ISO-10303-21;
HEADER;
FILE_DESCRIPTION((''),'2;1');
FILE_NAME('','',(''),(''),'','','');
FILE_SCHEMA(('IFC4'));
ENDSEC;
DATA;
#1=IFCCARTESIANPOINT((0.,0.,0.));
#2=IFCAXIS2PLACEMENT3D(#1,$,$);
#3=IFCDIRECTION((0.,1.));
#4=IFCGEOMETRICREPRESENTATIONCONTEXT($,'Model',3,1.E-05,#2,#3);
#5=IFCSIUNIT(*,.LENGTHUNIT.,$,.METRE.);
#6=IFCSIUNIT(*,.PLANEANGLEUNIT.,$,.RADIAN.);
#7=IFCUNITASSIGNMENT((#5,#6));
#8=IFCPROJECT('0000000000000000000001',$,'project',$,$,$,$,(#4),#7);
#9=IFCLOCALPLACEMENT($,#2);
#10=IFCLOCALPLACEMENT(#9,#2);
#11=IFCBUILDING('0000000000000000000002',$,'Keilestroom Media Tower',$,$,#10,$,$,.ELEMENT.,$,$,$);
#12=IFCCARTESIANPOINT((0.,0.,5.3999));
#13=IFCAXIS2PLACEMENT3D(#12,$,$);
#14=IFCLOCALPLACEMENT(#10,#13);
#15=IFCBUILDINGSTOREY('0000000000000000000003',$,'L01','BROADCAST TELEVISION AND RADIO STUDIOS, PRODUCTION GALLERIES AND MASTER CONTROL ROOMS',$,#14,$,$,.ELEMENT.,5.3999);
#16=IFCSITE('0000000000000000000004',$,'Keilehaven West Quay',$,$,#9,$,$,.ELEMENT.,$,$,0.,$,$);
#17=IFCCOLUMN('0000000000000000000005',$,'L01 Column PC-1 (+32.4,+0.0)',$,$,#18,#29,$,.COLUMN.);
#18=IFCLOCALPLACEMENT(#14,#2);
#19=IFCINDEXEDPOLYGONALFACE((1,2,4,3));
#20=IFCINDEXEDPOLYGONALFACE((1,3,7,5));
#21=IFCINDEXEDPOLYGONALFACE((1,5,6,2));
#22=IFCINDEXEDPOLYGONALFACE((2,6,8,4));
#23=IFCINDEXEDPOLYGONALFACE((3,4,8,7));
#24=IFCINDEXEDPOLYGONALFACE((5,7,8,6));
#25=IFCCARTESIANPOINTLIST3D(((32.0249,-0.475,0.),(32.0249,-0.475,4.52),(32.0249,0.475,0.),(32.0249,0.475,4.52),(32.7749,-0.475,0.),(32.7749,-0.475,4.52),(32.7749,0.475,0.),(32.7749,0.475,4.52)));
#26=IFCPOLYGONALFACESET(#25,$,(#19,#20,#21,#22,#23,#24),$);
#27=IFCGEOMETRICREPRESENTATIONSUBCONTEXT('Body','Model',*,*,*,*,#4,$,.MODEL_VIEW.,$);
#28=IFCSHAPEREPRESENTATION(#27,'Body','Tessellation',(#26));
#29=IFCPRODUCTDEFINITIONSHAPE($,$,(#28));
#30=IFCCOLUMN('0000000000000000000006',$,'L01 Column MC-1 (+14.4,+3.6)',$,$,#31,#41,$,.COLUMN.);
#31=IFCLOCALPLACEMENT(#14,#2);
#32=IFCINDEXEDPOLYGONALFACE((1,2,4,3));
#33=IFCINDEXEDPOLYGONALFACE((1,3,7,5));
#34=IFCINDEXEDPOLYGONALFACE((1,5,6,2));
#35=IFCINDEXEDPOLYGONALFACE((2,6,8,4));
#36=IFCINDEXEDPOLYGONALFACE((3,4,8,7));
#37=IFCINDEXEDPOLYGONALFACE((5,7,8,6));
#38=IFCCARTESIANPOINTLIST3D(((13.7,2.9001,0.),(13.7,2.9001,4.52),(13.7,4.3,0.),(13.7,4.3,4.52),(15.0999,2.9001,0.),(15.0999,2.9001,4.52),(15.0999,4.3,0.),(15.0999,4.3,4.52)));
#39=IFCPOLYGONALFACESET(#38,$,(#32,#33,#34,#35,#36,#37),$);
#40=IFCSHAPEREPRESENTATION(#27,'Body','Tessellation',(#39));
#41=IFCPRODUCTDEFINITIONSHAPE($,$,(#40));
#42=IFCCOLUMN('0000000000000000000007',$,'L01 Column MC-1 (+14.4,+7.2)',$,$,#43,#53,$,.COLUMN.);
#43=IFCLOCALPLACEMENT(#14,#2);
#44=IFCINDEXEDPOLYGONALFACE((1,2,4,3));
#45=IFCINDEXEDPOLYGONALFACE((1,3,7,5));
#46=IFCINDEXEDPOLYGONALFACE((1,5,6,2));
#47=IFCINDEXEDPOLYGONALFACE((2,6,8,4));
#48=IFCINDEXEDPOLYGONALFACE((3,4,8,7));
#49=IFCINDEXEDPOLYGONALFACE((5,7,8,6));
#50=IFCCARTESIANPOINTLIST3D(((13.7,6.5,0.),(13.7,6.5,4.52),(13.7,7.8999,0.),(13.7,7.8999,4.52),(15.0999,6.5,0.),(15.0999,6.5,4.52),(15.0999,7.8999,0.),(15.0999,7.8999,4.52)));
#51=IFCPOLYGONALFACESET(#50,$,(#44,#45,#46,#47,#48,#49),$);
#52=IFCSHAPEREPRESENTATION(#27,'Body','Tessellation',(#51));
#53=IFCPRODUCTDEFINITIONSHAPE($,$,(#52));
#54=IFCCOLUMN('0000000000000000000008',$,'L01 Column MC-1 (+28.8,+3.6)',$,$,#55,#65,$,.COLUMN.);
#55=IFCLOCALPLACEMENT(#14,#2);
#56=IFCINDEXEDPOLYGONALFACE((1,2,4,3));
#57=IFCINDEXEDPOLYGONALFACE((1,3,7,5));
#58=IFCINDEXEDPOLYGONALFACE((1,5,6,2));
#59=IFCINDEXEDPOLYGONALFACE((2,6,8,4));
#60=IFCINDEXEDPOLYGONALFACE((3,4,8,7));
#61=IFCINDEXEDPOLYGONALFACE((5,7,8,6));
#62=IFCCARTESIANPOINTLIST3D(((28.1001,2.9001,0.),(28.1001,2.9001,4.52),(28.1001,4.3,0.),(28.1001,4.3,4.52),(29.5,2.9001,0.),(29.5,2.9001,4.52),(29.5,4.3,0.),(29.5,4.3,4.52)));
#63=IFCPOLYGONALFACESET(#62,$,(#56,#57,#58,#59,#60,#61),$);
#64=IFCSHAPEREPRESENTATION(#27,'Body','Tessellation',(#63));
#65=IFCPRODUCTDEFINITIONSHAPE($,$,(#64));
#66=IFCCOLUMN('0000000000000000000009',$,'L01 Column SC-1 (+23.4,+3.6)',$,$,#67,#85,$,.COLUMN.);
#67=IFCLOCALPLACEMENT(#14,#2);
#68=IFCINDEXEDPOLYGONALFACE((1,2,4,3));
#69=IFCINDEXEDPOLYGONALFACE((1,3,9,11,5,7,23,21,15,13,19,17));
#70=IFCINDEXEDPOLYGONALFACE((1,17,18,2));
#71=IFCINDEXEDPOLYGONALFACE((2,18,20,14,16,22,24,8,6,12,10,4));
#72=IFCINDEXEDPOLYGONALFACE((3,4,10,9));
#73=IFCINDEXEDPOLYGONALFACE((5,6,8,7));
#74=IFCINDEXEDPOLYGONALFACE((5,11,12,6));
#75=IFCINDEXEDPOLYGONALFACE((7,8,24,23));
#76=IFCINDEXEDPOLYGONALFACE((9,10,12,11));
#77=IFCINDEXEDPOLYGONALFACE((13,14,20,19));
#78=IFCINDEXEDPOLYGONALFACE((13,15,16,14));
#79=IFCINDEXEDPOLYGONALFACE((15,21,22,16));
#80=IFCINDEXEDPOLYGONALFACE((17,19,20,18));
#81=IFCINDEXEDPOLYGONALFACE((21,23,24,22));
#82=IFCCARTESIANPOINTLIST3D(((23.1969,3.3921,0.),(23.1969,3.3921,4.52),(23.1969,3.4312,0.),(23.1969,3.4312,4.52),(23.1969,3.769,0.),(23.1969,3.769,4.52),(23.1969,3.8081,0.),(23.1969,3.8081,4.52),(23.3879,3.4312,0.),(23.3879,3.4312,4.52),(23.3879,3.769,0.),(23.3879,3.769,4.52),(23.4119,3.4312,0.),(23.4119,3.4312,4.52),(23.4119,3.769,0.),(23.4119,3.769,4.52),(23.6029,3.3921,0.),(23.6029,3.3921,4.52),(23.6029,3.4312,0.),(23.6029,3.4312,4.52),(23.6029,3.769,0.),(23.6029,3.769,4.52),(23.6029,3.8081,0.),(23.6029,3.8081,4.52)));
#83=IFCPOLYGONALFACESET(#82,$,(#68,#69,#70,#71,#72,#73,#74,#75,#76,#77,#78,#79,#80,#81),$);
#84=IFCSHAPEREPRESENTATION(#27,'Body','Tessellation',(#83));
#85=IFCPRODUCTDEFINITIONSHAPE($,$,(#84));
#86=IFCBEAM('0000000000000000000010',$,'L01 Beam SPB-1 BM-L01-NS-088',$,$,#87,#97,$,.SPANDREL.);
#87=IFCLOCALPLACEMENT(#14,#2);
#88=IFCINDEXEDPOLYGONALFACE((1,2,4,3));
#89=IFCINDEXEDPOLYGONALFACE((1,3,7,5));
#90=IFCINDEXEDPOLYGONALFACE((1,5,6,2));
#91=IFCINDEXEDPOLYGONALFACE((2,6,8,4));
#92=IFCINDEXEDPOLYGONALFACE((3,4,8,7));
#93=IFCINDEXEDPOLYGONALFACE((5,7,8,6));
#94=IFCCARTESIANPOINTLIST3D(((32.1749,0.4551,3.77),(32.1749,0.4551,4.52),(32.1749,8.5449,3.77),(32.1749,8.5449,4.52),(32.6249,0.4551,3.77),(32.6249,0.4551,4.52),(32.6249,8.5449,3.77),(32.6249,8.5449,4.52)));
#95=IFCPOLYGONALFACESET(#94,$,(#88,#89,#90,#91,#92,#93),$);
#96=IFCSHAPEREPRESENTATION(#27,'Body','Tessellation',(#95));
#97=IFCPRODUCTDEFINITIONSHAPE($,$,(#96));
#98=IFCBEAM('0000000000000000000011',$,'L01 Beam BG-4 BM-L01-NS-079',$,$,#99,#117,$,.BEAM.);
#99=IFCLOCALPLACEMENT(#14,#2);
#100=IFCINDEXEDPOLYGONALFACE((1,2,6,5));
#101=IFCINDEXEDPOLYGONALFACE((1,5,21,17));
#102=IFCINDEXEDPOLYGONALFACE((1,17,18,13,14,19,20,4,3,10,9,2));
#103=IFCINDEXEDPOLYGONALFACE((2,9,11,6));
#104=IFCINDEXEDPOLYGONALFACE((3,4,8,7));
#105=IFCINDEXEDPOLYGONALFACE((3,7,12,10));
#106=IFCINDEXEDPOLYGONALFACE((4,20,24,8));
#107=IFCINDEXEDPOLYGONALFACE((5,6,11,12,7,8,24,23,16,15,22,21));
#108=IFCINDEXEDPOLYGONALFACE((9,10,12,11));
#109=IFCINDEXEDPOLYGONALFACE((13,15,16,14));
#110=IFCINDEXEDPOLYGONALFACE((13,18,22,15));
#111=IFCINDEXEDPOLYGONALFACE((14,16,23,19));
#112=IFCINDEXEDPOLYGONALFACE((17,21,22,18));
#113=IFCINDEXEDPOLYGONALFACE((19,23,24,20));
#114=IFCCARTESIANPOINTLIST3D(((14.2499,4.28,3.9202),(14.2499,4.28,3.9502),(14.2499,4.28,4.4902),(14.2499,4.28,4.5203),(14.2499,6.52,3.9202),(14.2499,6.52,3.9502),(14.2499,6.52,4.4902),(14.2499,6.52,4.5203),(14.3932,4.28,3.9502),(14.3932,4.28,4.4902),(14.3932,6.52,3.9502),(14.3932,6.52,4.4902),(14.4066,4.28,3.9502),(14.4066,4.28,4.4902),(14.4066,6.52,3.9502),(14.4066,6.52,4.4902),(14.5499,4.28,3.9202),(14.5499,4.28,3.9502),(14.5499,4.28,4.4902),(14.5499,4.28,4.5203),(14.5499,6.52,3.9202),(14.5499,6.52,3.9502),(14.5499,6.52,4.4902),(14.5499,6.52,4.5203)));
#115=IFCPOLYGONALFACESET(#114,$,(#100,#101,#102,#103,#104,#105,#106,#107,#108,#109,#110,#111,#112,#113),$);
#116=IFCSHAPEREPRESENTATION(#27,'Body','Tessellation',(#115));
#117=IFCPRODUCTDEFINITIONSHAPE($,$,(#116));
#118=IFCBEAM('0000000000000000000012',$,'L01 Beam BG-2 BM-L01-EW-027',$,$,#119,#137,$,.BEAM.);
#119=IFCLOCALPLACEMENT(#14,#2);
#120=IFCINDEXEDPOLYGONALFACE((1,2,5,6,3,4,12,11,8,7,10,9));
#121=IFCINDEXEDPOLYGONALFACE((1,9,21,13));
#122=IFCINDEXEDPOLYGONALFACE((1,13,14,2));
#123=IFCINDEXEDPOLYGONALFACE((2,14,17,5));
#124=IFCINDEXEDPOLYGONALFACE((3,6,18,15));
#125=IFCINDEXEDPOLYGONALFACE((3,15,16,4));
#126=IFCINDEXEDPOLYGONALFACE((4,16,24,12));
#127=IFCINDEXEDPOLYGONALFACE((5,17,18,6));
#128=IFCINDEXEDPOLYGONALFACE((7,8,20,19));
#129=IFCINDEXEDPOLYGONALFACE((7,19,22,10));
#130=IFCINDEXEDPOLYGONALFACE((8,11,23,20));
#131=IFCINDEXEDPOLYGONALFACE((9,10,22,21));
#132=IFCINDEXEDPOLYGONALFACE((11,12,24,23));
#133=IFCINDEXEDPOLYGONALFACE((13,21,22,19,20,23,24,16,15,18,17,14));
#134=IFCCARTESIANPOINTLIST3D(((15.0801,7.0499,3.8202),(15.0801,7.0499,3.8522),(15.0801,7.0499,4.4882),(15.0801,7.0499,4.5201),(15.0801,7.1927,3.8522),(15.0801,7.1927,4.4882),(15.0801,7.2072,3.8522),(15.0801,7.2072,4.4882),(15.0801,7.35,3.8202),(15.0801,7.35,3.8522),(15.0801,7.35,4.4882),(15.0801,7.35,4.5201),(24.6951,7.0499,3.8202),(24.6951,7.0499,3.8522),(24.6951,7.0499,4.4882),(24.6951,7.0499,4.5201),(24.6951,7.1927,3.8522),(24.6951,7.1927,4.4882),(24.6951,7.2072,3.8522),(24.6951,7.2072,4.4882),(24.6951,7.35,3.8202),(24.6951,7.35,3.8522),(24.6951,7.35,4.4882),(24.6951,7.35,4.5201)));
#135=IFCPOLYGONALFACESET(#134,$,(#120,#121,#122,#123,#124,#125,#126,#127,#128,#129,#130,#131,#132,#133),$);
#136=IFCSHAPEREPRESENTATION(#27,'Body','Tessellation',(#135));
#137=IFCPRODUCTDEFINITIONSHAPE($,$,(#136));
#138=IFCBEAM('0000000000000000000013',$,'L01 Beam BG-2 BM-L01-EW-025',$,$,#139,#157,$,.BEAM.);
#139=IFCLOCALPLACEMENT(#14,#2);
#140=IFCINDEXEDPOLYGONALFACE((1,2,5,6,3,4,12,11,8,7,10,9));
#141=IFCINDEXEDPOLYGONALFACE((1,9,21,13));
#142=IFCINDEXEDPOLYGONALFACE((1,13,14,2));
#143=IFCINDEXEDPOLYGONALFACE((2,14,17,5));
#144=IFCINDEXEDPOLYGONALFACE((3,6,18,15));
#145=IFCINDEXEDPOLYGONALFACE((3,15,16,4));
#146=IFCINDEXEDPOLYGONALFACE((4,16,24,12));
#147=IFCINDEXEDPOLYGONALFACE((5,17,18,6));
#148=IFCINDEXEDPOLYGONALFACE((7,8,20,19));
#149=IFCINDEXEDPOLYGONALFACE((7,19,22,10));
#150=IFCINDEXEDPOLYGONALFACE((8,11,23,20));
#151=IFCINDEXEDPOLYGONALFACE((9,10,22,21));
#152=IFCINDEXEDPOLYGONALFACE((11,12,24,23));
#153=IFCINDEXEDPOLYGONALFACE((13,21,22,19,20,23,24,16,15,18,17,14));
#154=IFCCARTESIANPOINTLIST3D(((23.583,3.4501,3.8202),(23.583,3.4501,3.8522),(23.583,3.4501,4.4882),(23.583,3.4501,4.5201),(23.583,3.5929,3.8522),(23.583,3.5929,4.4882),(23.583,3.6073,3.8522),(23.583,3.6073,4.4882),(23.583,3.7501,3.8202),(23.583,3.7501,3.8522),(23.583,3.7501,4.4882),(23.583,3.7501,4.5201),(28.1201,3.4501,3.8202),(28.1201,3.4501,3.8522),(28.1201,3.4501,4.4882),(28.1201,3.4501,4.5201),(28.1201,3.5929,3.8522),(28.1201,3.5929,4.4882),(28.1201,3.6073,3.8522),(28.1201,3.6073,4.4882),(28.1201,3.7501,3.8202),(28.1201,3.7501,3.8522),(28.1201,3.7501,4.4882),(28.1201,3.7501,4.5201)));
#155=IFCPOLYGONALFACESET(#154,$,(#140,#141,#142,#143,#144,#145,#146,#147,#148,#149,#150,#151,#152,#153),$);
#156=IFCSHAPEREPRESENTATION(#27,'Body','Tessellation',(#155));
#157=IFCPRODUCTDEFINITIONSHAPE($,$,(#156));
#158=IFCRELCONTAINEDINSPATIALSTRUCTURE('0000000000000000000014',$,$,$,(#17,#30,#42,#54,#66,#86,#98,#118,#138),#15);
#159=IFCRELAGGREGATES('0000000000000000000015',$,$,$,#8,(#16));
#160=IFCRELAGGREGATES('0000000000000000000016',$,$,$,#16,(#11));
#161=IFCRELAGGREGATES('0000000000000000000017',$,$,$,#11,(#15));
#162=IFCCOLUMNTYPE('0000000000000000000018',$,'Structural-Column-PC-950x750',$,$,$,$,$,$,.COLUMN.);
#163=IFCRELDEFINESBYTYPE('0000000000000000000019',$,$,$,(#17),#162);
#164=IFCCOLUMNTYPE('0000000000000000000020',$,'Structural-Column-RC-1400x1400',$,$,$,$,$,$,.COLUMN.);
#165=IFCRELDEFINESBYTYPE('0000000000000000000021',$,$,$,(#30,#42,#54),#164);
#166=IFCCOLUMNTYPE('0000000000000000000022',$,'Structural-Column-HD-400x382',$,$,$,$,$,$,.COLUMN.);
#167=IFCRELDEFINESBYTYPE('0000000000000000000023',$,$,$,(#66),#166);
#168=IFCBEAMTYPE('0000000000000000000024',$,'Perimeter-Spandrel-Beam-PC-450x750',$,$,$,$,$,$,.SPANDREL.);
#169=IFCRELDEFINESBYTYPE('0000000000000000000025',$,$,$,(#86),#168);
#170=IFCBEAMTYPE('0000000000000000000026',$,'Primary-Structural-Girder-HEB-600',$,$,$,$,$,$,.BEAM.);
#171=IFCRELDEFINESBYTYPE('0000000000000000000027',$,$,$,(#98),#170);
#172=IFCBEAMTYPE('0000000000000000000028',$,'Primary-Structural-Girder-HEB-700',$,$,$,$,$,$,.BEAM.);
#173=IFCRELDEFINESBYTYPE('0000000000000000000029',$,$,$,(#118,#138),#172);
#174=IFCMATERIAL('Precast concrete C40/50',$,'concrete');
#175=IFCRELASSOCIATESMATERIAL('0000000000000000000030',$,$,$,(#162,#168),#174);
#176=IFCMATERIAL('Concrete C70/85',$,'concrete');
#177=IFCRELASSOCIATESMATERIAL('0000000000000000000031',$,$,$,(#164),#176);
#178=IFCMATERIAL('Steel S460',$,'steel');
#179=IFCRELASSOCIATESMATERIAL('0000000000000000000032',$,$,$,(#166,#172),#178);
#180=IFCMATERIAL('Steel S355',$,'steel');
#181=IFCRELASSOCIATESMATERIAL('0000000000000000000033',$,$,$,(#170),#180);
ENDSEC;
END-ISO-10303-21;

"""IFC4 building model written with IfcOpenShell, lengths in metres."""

from ifc_helpers import new_model, si_unit, direction, frame, origin, origin_2d, place, context, subcontext, project, spatial, rectangle, i_section, extrude, source, transform, mapped, material, material_profile, profile_set, type_object, element, save


model = new_model("IFC4")

# Units and contexts
model_context = context("Model", 3, precision=1e-05, world=origin(), true_north=direction((0.0, 1.0)))
body_context = subcontext(model_context, "Body", "Model", "MODEL_VIEW")
ifc_project = project(units=[si_unit("LENGTHUNIT", "METRE"), si_unit("PLANEANGLEUNIT", "RADIAN")], contexts=[model_context])

# Site, building, storey
site_placement = place(None, origin())
site = spatial("IfcSite", under=ifc_project, at=site_placement, Name="Keilehaven West Quay", CompositionType="ELEMENT", RefElevation=0.0)
building_placement = place(site_placement, origin())
building = spatial("IfcBuilding", under=site, at=building_placement, Name="Keilestroom Media Tower", CompositionType="ELEMENT")
storey_placement = place(building_placement, frame((0.0, 0.0, 5.3999)))
storey = spatial("IfcBuildingStorey", under=building, at=storey_placement, Name="L01", Description="BROADCAST TELEVISION AND RADIO STUDIOS, PRODUCTION GALLERIES AND MASTER CONTROL ROOMS", CompositionType="ELEMENT", Elevation=5.3999)

# Columns
ifc_material_1 = material(Name="Precast concrete C40/50", Category="concrete")
ifc_material_profile_1 = material_profile(ifc_material_1, rectangle(XDim=0.75, YDim=0.95, at=origin_2d()), Name="PC 950x750")
ifc_profile_set_1 = profile_set([ifc_material_profile_1], Name="Precast concrete C40/50")
column_type_1 = type_object("IfcColumnType", Name="Structural-Column-PC-950x750", PredefinedType="COLUMN", material=ifc_profile_set_1)
shared_shape_1 = source(origin(), body_context, "Body", "SweptSolid", [
    extrude(rectangle(XDim=0.75, YDim=0.95, at=origin_2d()), origin(), (0.0, 0.0, 1.0), 4.52),
])
column_1_placement = place(storey_placement, frame((32.3999, 0.0, 0.0), z_axis=(0.0, 0.0, 1.0), x_axis=(1.0, 0.0, 0.0)))
element("IfcColumn", 1, at=column_1_placement, inside=storey, type_object=column_type_1, Name="L01 Column PC-1 (+32.4,+0.0)", PredefinedType="COLUMN", context=body_context, shape_type="MappedRepresentation", body=[
    mapped(shared_shape_1, transform((0.0, 0.0, 0.0), x_axis=(1.0, 0.0, 0.0), y_axis=(0.0, 1.0, 0.0), z_axis=(0.0, 0.0, 1.0), scale=1.0)),
])
ifc_material_2 = material(Name="Concrete C70/85", Category="concrete")
ifc_material_profile_2 = material_profile(ifc_material_2, rectangle(XDim=1.3999, YDim=1.3999, at=origin_2d()), Name="RC 1400x1400")
ifc_profile_set_2 = profile_set([ifc_material_profile_2], Name="Concrete C70/85")
column_type_2 = type_object("IfcColumnType", Name="Structural-Column-RC-1400x1400", PredefinedType="COLUMN", material=ifc_profile_set_2)
shared_shape_2 = source(origin(), body_context, "Body", "SweptSolid", [
    extrude(rectangle(XDim=1.3999, YDim=1.3999, at=origin_2d()), origin(), (0.0, 0.0, 1.0), 4.52),
])
for number, where, z_axis, x_axis, name in (
    (2, (14.3999, 3.6001, 0.0), (0.0, 0.0, 1.0), (1.0, 0.0, 0.0), "L01 Column MC-1 (+14.4,+3.6)"),
    (3, (14.3999, 7.2, 0.0), (0.0, 0.0, 1.0), (1.0, 0.0, 0.0), "L01 Column MC-1 (+14.4,+7.2)"),
    (4, (28.8, 3.6001, 0.0), (0.0, 0.0, 1.0), (1.0, 0.0, 0.0), "L01 Column MC-1 (+28.8,+3.6)"),
):
    element("IfcColumn", number, at=place(storey_placement, frame(where, z_axis=z_axis, x_axis=x_axis)), inside=storey, type_object=column_type_2, Name=name, PredefinedType="COLUMN", context=body_context, shape_type="MappedRepresentation", body=[
        mapped(shared_shape_2, transform((0.0, 0.0, 0.0), x_axis=(1.0, 0.0, 0.0), y_axis=(0.0, 1.0, 0.0), z_axis=(0.0, 0.0, 1.0), scale=1.0)),
    ])
ifc_material_3 = material(Name="Steel S460", Category="steel")
ifc_material_profile_3 = material_profile(ifc_material_3, i_section(OverallWidth=0.406, OverallDepth=0.416, WebThickness=0.0239, FlangeThickness=0.0391, at=origin_2d()), Name="HD 400x382")
ifc_profile_set_3 = profile_set([ifc_material_profile_3], Name="Steel S460")
column_type_3 = type_object("IfcColumnType", Name="Structural-Column-HD-400x382", PredefinedType="COLUMN", material=ifc_profile_set_3)
shared_shape_3 = source(origin(), body_context, "Body", "SweptSolid", [
    extrude(i_section(OverallWidth=0.406, OverallDepth=0.416, WebThickness=0.0239, FlangeThickness=0.0391, at=origin_2d()), origin(), (0.0, 0.0, 1.0), 4.52),
])
column_2_placement = place(storey_placement, frame((23.3999, 3.6001, 0.0), z_axis=(0.0, 0.0, 1.0), x_axis=(1.0, 0.0, 0.0)))
element("IfcColumn", 5, at=column_2_placement, inside=storey, type_object=column_type_3, Name="L01 Column SC-1 (+23.4,+3.6)", PredefinedType="COLUMN", context=body_context, shape_type="MappedRepresentation", body=[
    mapped(shared_shape_3, transform((0.0, 0.0, 0.0), x_axis=(1.0, 0.0, 0.0), y_axis=(0.0, 1.0, 0.0), z_axis=(0.0, 0.0, 1.0), scale=1.0)),
])

# Beams
ifc_material_profile_4 = material_profile(ifc_material_1, rectangle(XDim=0.45, YDim=0.75, at=origin_2d()), Name="PC 450x750")
ifc_profile_set_4 = profile_set([ifc_material_profile_4], Name="Precast concrete C40/50")
beam_type_1 = type_object("IfcBeamType", Name="Perimeter-Spandrel-Beam-PC-450x750", PredefinedType="SPANDREL", material=ifc_profile_set_4)
shared_shape_4 = source(origin(), body_context, "Body", "SweptSolid", [
    extrude(rectangle(XDim=0.45, YDim=0.75, at=origin_2d()), origin(), (0.0, 0.0, 1.0), 8.0898),
])
beam_1_placement = place(storey_placement, frame((32.3999, 0.4551, 4.145), z_axis=(0.0, 1.0, 0.0), x_axis=(-1.0, 0.0, 0.0)))
element("IfcBeam", 6, at=beam_1_placement, inside=storey, type_object=beam_type_1, Name="L01 Beam SPB-1 BM-L01-NS-088", PredefinedType="SPANDREL", context=body_context, shape_type="MappedRepresentation", body=[
    mapped(shared_shape_4, transform((0.0, 0.0, 0.0), x_axis=(1.0, 0.0, 0.0), y_axis=(0.0, 1.0, 0.0), z_axis=(0.0, 0.0, 1.0), scale=1.0)),
])
ifc_material_4 = material(Name="Steel S355", Category="steel")
ifc_material_profile_5 = material_profile(ifc_material_4, i_section(OverallWidth=0.3, OverallDepth=0.6001, WebThickness=0.0134, FlangeThickness=0.03, at=origin_2d()), Name="HEB 600")
ifc_profile_set_5 = profile_set([ifc_material_profile_5], Name="Steel S355")
beam_type_2 = type_object("IfcBeamType", Name="Primary-Structural-Girder-HEB-600", PredefinedType="BEAM", material=ifc_profile_set_5)
shared_shape_5 = source(origin(), body_context, "Body", "SweptSolid", [
    extrude(i_section(OverallWidth=0.3, OverallDepth=0.6001, WebThickness=0.0134, FlangeThickness=0.03, at=origin_2d()), origin(), (0.0, 0.0, 1.0), 2.24),
])
beam_2_placement = place(storey_placement, frame((14.3999, 4.28, 4.2202), z_axis=(0.0, 1.0, 0.0), x_axis=(-1.0, 0.0, 0.0)))
element("IfcBeam", 7, at=beam_2_placement, inside=storey, type_object=beam_type_2, Name="L01 Beam BG-4 BM-L01-NS-079", PredefinedType="BEAM", context=body_context, shape_type="MappedRepresentation", body=[
    mapped(shared_shape_5, transform((0.0, 0.0, 0.0), x_axis=(1.0, 0.0, 0.0), y_axis=(0.0, 1.0, 0.0), z_axis=(0.0, 0.0, 1.0), scale=1.0)),
])
ifc_material_profile_6 = material_profile(ifc_material_3, i_section(OverallWidth=0.3, OverallDepth=0.7, WebThickness=0.0144, FlangeThickness=0.032, at=origin_2d()), Name="HEB 700")
ifc_profile_set_6 = profile_set([ifc_material_profile_6], Name="Steel S460")
beam_type_3 = type_object("IfcBeamType", Name="Primary-Structural-Girder-HEB-700", PredefinedType="BEAM", material=ifc_profile_set_6)
shared_shape_6 = source(origin(), body_context, "Body", "SweptSolid", [
    extrude(i_section(OverallWidth=0.3, OverallDepth=0.7, WebThickness=0.0144, FlangeThickness=0.032, at=origin_2d()), origin(), (0.0, 0.0, 1.0), 9.615),
])
beam_3_placement = place(storey_placement, frame((15.0801, 7.2, 4.1702), z_axis=(1.0, 0.0, 0.0), x_axis=(0.0, 1.0, 0.0)))
element("IfcBeam", 8, at=beam_3_placement, inside=storey, type_object=beam_type_3, Name="L01 Beam BG-2 BM-L01-EW-027", PredefinedType="BEAM", context=body_context, shape_type="MappedRepresentation", body=[
    mapped(shared_shape_6, transform((0.0, 0.0, 0.0), x_axis=(1.0, 0.0, 0.0), y_axis=(0.0, 1.0, 0.0), z_axis=(0.0, 0.0, 1.0), scale=1.0)),
])
shared_shape_7 = source(origin(), body_context, "Body", "SweptSolid", [
    extrude(i_section(OverallWidth=0.3, OverallDepth=0.7, WebThickness=0.0144, FlangeThickness=0.032, at=origin_2d()), origin(), (0.0, 0.0, 1.0), 4.5371),
])
beam_4_placement = place(storey_placement, frame((23.583, 3.6001, 4.1702), z_axis=(1.0, 0.0, 0.0), x_axis=(0.0, 1.0, 0.0)))
element("IfcBeam", 9, at=beam_4_placement, inside=storey, type_object=beam_type_3, Name="L01 Beam BG-2 BM-L01-EW-025", PredefinedType="BEAM", context=body_context, shape_type="MappedRepresentation", body=[
    mapped(shared_shape_7, transform((0.0, 0.0, 0.0), x_axis=(1.0, 0.0, 0.0), y_axis=(0.0, 1.0, 0.0), z_axis=(0.0, 0.0, 1.0), scale=1.0)),
])

save(model, "model.ifc")
